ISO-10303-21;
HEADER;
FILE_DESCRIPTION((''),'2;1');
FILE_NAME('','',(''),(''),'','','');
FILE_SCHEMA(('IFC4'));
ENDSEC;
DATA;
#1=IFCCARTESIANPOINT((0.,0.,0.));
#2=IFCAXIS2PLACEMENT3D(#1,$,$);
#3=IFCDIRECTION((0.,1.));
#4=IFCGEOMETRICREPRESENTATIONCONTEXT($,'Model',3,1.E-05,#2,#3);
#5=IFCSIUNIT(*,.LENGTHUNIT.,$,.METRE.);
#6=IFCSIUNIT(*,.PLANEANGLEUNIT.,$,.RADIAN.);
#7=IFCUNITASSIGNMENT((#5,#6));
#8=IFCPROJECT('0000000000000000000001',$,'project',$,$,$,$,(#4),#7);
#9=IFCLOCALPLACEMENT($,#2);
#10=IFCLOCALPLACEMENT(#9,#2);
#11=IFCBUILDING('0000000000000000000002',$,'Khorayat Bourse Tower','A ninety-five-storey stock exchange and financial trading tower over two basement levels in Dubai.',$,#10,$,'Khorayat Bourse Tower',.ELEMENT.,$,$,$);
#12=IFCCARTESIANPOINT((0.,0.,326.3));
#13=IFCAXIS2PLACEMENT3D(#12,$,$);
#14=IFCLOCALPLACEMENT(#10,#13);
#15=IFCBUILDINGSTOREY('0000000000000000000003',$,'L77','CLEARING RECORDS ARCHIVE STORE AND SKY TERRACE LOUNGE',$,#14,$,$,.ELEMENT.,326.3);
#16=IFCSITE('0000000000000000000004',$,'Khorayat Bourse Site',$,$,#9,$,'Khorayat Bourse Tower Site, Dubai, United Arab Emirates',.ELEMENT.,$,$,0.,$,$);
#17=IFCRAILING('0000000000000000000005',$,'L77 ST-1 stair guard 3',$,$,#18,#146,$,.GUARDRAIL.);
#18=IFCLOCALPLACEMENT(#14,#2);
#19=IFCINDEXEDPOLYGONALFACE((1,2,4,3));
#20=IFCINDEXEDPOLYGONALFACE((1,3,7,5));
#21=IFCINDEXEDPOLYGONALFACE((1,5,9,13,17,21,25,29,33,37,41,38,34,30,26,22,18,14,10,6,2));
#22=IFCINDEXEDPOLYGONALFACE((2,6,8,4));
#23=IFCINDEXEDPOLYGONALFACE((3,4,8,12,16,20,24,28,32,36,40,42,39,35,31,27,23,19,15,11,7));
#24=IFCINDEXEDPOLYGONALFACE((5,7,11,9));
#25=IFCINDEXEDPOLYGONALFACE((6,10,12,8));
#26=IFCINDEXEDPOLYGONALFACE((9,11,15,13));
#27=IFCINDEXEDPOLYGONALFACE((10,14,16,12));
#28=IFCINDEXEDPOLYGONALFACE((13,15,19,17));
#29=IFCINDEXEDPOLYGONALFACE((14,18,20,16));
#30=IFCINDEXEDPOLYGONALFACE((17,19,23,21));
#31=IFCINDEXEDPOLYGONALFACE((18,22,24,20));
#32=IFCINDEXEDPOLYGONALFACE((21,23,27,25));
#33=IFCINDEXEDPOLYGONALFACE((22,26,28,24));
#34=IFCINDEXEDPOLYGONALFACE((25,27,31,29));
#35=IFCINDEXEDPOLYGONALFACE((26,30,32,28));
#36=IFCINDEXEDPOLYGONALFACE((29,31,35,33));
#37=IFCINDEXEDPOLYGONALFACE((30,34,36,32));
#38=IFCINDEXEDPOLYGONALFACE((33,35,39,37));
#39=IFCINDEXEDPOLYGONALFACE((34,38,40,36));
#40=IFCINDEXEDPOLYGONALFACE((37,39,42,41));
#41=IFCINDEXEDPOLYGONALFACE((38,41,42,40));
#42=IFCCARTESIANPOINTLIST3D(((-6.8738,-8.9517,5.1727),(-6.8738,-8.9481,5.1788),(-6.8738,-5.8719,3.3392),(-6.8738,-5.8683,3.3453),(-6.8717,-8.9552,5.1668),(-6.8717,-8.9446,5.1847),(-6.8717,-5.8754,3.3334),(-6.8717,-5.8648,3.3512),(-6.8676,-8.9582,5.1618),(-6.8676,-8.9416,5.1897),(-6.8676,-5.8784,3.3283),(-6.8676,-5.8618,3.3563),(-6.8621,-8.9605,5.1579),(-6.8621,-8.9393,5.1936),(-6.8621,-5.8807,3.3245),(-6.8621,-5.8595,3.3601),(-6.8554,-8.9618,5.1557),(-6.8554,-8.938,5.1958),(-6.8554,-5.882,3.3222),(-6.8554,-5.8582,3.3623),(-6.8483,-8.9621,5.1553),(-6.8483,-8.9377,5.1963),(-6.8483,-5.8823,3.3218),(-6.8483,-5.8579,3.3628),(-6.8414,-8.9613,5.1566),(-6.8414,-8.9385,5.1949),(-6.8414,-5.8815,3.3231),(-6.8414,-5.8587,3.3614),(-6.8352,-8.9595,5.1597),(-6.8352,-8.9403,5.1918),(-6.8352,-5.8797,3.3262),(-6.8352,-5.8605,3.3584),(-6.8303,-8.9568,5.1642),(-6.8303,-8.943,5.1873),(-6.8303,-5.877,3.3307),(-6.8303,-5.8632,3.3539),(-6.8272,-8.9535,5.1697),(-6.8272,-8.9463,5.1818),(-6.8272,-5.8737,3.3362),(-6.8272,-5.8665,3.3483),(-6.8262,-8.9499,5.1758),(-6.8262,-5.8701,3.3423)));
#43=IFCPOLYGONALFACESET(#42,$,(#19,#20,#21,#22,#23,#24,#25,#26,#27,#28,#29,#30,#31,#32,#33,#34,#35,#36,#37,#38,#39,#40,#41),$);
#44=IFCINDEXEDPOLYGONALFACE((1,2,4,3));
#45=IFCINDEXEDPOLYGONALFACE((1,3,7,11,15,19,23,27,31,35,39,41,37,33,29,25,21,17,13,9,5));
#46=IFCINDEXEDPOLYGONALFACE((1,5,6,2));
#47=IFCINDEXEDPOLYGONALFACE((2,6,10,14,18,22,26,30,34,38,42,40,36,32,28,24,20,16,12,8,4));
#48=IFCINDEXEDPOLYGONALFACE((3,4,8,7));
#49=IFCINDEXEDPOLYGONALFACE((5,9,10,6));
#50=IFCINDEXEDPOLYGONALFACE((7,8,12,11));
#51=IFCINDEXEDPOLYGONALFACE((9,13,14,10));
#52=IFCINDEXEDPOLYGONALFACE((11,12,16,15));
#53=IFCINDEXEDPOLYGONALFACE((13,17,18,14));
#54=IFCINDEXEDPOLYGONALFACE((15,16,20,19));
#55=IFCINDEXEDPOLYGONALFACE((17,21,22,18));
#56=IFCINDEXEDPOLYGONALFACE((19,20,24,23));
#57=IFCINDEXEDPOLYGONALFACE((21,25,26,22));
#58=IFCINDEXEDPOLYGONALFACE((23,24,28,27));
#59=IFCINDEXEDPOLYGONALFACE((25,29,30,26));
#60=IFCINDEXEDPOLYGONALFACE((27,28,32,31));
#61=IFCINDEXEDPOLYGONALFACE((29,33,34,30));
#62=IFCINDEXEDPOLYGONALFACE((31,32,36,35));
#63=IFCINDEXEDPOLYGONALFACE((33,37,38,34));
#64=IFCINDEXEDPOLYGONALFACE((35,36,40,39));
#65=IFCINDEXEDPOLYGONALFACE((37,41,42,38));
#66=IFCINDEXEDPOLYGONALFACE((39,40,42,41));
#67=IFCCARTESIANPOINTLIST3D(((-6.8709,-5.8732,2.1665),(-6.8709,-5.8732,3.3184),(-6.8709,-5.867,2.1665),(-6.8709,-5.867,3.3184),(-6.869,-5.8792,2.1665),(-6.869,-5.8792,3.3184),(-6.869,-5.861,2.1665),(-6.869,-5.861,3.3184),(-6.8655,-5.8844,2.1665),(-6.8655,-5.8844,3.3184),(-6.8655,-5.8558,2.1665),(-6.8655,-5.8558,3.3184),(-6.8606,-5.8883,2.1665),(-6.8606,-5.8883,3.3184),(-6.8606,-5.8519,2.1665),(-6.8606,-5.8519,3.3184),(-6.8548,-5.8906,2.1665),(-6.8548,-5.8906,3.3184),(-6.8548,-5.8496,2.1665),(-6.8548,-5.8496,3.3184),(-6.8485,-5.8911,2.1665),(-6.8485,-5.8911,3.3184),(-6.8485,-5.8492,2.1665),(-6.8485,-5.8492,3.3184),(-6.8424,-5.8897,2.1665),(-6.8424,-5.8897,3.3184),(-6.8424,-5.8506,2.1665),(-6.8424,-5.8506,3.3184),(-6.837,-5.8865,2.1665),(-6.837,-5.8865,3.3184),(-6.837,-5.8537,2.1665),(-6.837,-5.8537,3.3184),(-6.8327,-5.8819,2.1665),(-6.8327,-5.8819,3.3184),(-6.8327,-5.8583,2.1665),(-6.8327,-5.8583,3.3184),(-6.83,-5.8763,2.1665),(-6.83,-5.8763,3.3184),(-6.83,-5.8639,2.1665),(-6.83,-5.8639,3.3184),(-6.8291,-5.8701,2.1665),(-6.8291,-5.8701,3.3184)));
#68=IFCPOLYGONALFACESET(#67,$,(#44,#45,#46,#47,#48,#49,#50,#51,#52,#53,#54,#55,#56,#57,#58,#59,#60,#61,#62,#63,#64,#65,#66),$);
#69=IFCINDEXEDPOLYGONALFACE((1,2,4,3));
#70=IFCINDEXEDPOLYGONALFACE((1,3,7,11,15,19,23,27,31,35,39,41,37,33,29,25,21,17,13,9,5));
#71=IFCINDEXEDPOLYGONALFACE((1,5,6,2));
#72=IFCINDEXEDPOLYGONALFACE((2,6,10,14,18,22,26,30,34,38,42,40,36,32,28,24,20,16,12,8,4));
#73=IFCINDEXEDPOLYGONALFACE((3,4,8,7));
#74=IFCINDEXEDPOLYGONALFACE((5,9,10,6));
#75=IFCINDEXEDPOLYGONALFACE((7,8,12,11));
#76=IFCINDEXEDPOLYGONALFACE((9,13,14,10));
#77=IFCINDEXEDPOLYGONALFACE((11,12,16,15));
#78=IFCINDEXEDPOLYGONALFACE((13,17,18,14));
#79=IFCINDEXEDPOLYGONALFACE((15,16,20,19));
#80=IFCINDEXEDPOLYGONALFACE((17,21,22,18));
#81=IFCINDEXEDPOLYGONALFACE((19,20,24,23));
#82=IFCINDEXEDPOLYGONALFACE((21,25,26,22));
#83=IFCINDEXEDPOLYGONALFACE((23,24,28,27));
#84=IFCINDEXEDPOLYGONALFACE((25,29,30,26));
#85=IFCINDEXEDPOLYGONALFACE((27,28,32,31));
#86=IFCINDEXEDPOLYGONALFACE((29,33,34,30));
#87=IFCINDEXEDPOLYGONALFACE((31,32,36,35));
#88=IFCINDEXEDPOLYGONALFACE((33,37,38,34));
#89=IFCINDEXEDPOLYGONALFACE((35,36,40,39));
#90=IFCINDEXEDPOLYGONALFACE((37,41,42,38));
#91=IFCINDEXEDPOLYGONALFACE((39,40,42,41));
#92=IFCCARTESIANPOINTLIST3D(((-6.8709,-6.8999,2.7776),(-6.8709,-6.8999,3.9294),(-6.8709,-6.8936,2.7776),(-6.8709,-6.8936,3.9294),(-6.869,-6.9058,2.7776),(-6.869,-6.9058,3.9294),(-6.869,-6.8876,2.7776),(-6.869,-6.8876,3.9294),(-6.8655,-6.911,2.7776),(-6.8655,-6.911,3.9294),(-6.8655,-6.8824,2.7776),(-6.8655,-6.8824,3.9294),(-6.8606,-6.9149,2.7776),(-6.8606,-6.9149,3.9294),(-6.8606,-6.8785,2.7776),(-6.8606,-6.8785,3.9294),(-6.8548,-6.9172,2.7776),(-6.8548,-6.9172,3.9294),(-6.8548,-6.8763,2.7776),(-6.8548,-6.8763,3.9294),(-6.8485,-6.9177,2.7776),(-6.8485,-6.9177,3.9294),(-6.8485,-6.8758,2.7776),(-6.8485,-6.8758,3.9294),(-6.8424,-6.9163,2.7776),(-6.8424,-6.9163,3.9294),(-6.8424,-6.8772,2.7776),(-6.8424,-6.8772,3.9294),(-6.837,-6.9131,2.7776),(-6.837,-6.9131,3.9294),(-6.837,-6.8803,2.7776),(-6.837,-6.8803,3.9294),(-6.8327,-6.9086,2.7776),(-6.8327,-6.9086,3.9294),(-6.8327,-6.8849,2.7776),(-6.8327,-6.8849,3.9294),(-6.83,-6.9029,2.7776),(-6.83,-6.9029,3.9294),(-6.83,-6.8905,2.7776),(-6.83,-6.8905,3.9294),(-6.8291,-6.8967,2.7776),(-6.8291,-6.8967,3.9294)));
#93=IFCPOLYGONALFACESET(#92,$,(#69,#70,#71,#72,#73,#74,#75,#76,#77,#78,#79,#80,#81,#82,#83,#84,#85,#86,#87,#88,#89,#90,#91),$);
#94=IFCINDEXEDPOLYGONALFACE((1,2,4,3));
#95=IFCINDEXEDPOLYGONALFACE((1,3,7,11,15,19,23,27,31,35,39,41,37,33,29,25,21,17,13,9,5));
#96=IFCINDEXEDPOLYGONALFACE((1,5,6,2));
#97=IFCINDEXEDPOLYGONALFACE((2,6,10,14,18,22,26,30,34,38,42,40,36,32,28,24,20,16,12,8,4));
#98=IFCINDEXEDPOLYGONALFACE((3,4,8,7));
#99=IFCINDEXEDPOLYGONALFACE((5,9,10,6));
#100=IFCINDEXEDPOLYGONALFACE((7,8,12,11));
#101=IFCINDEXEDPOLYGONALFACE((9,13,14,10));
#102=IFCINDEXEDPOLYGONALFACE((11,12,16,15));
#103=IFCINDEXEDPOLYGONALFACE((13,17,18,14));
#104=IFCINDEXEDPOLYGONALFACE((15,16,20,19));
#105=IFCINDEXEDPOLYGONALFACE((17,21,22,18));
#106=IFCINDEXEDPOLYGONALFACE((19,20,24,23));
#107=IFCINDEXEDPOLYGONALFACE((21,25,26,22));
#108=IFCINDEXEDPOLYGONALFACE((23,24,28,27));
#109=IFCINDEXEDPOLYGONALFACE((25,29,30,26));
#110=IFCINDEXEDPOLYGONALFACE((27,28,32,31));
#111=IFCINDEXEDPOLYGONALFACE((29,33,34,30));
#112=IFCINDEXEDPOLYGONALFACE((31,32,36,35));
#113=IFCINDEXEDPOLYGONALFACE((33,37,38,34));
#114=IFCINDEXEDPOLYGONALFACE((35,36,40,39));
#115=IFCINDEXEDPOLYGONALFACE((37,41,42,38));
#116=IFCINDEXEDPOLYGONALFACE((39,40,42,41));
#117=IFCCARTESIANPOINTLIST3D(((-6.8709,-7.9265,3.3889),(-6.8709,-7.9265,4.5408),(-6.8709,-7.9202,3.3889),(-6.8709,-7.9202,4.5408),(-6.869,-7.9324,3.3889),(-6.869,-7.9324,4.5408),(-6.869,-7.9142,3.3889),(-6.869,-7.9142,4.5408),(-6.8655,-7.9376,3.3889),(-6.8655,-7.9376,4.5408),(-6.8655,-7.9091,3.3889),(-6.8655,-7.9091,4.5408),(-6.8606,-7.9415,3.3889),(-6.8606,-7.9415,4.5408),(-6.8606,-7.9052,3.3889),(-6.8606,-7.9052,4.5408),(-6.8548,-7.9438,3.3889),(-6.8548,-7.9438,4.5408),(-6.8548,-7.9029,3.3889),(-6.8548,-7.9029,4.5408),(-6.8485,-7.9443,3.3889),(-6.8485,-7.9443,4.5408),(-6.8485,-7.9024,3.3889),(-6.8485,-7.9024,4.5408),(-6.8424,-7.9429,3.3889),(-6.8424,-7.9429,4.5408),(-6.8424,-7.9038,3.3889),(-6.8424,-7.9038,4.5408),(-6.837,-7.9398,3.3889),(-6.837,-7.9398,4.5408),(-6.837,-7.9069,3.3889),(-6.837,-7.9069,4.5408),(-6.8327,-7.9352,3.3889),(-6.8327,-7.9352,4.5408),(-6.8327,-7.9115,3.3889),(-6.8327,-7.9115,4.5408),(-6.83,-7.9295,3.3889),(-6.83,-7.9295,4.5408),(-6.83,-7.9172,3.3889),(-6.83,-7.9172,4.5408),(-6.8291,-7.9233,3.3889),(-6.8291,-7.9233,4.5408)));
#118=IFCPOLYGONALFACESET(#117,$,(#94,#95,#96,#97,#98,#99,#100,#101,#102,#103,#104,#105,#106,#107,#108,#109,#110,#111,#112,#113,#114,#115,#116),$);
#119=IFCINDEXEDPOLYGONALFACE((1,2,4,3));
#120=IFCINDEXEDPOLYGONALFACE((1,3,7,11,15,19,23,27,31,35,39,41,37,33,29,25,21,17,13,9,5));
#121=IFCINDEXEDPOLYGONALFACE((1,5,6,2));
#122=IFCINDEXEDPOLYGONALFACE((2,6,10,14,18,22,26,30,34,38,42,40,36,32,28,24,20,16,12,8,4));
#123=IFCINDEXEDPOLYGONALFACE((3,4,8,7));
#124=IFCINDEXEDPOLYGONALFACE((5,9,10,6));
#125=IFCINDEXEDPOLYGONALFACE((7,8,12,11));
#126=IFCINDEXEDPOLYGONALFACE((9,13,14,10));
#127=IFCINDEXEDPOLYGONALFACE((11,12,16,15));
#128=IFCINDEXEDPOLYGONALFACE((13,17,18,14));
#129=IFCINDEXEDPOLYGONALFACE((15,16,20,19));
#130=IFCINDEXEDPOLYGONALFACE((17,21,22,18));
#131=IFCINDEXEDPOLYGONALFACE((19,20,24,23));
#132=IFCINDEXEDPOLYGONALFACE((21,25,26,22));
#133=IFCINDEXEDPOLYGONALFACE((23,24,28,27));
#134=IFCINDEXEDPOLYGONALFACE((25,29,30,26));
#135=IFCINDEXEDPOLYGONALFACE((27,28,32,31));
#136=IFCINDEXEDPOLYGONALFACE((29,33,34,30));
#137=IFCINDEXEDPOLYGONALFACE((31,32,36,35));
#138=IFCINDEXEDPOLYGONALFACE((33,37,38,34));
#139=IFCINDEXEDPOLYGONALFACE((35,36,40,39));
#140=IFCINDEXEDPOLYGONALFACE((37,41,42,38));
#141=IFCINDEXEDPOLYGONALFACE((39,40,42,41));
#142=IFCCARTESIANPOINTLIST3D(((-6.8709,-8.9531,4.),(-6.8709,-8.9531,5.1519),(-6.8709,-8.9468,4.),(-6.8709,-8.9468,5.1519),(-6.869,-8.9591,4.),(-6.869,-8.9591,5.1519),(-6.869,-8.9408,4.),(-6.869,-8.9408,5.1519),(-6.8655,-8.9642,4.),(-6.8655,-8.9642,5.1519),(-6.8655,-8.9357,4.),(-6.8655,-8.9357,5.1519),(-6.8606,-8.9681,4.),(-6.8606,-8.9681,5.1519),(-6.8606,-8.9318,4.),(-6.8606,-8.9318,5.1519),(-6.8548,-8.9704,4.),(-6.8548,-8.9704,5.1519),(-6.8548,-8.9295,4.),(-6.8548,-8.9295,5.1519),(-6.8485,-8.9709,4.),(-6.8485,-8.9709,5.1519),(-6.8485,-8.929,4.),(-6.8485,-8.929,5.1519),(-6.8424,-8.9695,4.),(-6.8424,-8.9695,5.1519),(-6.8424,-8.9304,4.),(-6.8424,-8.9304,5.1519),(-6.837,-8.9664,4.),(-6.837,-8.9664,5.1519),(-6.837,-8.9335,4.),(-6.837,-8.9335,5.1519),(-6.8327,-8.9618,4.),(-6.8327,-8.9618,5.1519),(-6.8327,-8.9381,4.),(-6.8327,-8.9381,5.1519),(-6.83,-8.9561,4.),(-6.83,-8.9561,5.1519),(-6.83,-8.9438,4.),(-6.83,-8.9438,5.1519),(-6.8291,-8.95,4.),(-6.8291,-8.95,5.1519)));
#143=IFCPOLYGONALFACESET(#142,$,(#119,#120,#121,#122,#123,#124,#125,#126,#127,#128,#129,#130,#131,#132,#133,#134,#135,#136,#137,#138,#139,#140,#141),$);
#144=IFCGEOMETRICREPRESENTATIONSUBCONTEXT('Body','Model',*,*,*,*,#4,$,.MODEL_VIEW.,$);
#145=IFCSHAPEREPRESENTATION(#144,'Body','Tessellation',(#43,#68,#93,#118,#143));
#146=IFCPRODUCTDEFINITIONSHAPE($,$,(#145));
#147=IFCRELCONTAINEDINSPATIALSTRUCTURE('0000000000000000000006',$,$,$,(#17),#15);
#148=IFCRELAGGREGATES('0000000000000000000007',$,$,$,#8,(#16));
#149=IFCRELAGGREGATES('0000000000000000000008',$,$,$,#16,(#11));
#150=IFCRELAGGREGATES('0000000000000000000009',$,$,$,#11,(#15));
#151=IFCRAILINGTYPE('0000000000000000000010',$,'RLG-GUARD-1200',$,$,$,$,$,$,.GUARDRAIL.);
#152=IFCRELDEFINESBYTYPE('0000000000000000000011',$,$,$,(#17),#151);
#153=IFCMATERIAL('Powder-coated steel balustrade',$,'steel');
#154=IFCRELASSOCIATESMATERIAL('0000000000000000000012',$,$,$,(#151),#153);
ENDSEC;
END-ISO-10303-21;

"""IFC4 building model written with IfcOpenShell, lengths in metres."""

from ifc_helpers import new_model, si_unit, direction, frame, origin, origin_2d, place, context, subcontext, project, spatial, circle, extrude, source, transform, mapped, material, type_object, element, save


model = new_model("IFC4")

# Units and contexts
model_context = context("Model", 3, precision=1e-05, world=origin(), true_north=direction((0.0, 1.0)))
body_context = subcontext(model_context, "Body", "Model", "MODEL_VIEW")
ifc_project = project(units=[si_unit("LENGTHUNIT", "METRE"), si_unit("PLANEANGLEUNIT", "RADIAN")], contexts=[model_context])

# Site, building, storey
site_placement = place(None, origin())
site = spatial("IfcSite", under=ifc_project, at=site_placement, Name="Khorayat Bourse Site", LongName="Khorayat Bourse Tower Site, Dubai, United Arab Emirates", CompositionType="ELEMENT", RefElevation=0.0)
building_placement = place(site_placement, origin())
building = spatial("IfcBuilding", under=site, at=building_placement, Name="Khorayat Bourse Tower", Description="A ninety-five-storey stock exchange and financial trading tower over two basement levels in Dubai.", LongName="Khorayat Bourse Tower", CompositionType="ELEMENT")
storey_placement = place(building_placement, frame((0.0, 0.0, 326.3)))
storey = spatial("IfcBuildingStorey", under=building, at=storey_placement, Name="L77", Description="CLEARING RECORDS ARCHIVE STORE AND SKY TERRACE LOUNGE", CompositionType="ELEMENT", Elevation=326.3)

# Railing
ifc_material_1 = material(Name="Powder-coated steel balustrade", Category="steel")
railing_type_1 = type_object("IfcRailingType", Name="RLG-GUARD-1200", PredefinedType="GUARDRAIL", material=ifc_material_1)
shared_shape_1 = source(origin(), body_context, "Body", "SweptSolid", [
    extrude(circle(Radius=0.0239, at=origin_2d()), frame((0.0, 0.0, 1.1758), z_axis=(0.0, -0.859261, 0.511538), x_axis=(1.0, 0.0, 0.0)), (0.0, 0.0, 1.0), 3.5842),
    extrude(circle(Radius=0.021, at=origin_2d()), origin(), (0.0, 0.0, 1.0), 1.1519),
    extrude(circle(Radius=0.021, at=origin_2d()), frame((0.0, -1.0266, 0.6111)), (0.0, 0.0, 1.0), 1.1519),
    extrude(circle(Radius=0.021, at=origin_2d()), frame((0.0, -2.0532, 1.2224)), (0.0, 0.0, 1.0), 1.1519),
    extrude(circle(Radius=0.021, at=origin_2d()), frame((0.0, -3.0798, 1.8335)), (0.0, 0.0, 1.0), 1.1519),
])
railing_1_placement = place(storey_placement, frame((-6.8501, -5.8701, 2.1665)))
element("IfcRailing", 1, at=railing_1_placement, inside=storey, type_object=railing_type_1, Name="L77 ST-1 stair guard 3", PredefinedType="GUARDRAIL", context=body_context, shape_type="MappedRepresentation", body=[
    mapped(shared_shape_1, transform((0.0, 0.0, 0.0), scale=1.0)),
])

save(model, "model.ifc")
